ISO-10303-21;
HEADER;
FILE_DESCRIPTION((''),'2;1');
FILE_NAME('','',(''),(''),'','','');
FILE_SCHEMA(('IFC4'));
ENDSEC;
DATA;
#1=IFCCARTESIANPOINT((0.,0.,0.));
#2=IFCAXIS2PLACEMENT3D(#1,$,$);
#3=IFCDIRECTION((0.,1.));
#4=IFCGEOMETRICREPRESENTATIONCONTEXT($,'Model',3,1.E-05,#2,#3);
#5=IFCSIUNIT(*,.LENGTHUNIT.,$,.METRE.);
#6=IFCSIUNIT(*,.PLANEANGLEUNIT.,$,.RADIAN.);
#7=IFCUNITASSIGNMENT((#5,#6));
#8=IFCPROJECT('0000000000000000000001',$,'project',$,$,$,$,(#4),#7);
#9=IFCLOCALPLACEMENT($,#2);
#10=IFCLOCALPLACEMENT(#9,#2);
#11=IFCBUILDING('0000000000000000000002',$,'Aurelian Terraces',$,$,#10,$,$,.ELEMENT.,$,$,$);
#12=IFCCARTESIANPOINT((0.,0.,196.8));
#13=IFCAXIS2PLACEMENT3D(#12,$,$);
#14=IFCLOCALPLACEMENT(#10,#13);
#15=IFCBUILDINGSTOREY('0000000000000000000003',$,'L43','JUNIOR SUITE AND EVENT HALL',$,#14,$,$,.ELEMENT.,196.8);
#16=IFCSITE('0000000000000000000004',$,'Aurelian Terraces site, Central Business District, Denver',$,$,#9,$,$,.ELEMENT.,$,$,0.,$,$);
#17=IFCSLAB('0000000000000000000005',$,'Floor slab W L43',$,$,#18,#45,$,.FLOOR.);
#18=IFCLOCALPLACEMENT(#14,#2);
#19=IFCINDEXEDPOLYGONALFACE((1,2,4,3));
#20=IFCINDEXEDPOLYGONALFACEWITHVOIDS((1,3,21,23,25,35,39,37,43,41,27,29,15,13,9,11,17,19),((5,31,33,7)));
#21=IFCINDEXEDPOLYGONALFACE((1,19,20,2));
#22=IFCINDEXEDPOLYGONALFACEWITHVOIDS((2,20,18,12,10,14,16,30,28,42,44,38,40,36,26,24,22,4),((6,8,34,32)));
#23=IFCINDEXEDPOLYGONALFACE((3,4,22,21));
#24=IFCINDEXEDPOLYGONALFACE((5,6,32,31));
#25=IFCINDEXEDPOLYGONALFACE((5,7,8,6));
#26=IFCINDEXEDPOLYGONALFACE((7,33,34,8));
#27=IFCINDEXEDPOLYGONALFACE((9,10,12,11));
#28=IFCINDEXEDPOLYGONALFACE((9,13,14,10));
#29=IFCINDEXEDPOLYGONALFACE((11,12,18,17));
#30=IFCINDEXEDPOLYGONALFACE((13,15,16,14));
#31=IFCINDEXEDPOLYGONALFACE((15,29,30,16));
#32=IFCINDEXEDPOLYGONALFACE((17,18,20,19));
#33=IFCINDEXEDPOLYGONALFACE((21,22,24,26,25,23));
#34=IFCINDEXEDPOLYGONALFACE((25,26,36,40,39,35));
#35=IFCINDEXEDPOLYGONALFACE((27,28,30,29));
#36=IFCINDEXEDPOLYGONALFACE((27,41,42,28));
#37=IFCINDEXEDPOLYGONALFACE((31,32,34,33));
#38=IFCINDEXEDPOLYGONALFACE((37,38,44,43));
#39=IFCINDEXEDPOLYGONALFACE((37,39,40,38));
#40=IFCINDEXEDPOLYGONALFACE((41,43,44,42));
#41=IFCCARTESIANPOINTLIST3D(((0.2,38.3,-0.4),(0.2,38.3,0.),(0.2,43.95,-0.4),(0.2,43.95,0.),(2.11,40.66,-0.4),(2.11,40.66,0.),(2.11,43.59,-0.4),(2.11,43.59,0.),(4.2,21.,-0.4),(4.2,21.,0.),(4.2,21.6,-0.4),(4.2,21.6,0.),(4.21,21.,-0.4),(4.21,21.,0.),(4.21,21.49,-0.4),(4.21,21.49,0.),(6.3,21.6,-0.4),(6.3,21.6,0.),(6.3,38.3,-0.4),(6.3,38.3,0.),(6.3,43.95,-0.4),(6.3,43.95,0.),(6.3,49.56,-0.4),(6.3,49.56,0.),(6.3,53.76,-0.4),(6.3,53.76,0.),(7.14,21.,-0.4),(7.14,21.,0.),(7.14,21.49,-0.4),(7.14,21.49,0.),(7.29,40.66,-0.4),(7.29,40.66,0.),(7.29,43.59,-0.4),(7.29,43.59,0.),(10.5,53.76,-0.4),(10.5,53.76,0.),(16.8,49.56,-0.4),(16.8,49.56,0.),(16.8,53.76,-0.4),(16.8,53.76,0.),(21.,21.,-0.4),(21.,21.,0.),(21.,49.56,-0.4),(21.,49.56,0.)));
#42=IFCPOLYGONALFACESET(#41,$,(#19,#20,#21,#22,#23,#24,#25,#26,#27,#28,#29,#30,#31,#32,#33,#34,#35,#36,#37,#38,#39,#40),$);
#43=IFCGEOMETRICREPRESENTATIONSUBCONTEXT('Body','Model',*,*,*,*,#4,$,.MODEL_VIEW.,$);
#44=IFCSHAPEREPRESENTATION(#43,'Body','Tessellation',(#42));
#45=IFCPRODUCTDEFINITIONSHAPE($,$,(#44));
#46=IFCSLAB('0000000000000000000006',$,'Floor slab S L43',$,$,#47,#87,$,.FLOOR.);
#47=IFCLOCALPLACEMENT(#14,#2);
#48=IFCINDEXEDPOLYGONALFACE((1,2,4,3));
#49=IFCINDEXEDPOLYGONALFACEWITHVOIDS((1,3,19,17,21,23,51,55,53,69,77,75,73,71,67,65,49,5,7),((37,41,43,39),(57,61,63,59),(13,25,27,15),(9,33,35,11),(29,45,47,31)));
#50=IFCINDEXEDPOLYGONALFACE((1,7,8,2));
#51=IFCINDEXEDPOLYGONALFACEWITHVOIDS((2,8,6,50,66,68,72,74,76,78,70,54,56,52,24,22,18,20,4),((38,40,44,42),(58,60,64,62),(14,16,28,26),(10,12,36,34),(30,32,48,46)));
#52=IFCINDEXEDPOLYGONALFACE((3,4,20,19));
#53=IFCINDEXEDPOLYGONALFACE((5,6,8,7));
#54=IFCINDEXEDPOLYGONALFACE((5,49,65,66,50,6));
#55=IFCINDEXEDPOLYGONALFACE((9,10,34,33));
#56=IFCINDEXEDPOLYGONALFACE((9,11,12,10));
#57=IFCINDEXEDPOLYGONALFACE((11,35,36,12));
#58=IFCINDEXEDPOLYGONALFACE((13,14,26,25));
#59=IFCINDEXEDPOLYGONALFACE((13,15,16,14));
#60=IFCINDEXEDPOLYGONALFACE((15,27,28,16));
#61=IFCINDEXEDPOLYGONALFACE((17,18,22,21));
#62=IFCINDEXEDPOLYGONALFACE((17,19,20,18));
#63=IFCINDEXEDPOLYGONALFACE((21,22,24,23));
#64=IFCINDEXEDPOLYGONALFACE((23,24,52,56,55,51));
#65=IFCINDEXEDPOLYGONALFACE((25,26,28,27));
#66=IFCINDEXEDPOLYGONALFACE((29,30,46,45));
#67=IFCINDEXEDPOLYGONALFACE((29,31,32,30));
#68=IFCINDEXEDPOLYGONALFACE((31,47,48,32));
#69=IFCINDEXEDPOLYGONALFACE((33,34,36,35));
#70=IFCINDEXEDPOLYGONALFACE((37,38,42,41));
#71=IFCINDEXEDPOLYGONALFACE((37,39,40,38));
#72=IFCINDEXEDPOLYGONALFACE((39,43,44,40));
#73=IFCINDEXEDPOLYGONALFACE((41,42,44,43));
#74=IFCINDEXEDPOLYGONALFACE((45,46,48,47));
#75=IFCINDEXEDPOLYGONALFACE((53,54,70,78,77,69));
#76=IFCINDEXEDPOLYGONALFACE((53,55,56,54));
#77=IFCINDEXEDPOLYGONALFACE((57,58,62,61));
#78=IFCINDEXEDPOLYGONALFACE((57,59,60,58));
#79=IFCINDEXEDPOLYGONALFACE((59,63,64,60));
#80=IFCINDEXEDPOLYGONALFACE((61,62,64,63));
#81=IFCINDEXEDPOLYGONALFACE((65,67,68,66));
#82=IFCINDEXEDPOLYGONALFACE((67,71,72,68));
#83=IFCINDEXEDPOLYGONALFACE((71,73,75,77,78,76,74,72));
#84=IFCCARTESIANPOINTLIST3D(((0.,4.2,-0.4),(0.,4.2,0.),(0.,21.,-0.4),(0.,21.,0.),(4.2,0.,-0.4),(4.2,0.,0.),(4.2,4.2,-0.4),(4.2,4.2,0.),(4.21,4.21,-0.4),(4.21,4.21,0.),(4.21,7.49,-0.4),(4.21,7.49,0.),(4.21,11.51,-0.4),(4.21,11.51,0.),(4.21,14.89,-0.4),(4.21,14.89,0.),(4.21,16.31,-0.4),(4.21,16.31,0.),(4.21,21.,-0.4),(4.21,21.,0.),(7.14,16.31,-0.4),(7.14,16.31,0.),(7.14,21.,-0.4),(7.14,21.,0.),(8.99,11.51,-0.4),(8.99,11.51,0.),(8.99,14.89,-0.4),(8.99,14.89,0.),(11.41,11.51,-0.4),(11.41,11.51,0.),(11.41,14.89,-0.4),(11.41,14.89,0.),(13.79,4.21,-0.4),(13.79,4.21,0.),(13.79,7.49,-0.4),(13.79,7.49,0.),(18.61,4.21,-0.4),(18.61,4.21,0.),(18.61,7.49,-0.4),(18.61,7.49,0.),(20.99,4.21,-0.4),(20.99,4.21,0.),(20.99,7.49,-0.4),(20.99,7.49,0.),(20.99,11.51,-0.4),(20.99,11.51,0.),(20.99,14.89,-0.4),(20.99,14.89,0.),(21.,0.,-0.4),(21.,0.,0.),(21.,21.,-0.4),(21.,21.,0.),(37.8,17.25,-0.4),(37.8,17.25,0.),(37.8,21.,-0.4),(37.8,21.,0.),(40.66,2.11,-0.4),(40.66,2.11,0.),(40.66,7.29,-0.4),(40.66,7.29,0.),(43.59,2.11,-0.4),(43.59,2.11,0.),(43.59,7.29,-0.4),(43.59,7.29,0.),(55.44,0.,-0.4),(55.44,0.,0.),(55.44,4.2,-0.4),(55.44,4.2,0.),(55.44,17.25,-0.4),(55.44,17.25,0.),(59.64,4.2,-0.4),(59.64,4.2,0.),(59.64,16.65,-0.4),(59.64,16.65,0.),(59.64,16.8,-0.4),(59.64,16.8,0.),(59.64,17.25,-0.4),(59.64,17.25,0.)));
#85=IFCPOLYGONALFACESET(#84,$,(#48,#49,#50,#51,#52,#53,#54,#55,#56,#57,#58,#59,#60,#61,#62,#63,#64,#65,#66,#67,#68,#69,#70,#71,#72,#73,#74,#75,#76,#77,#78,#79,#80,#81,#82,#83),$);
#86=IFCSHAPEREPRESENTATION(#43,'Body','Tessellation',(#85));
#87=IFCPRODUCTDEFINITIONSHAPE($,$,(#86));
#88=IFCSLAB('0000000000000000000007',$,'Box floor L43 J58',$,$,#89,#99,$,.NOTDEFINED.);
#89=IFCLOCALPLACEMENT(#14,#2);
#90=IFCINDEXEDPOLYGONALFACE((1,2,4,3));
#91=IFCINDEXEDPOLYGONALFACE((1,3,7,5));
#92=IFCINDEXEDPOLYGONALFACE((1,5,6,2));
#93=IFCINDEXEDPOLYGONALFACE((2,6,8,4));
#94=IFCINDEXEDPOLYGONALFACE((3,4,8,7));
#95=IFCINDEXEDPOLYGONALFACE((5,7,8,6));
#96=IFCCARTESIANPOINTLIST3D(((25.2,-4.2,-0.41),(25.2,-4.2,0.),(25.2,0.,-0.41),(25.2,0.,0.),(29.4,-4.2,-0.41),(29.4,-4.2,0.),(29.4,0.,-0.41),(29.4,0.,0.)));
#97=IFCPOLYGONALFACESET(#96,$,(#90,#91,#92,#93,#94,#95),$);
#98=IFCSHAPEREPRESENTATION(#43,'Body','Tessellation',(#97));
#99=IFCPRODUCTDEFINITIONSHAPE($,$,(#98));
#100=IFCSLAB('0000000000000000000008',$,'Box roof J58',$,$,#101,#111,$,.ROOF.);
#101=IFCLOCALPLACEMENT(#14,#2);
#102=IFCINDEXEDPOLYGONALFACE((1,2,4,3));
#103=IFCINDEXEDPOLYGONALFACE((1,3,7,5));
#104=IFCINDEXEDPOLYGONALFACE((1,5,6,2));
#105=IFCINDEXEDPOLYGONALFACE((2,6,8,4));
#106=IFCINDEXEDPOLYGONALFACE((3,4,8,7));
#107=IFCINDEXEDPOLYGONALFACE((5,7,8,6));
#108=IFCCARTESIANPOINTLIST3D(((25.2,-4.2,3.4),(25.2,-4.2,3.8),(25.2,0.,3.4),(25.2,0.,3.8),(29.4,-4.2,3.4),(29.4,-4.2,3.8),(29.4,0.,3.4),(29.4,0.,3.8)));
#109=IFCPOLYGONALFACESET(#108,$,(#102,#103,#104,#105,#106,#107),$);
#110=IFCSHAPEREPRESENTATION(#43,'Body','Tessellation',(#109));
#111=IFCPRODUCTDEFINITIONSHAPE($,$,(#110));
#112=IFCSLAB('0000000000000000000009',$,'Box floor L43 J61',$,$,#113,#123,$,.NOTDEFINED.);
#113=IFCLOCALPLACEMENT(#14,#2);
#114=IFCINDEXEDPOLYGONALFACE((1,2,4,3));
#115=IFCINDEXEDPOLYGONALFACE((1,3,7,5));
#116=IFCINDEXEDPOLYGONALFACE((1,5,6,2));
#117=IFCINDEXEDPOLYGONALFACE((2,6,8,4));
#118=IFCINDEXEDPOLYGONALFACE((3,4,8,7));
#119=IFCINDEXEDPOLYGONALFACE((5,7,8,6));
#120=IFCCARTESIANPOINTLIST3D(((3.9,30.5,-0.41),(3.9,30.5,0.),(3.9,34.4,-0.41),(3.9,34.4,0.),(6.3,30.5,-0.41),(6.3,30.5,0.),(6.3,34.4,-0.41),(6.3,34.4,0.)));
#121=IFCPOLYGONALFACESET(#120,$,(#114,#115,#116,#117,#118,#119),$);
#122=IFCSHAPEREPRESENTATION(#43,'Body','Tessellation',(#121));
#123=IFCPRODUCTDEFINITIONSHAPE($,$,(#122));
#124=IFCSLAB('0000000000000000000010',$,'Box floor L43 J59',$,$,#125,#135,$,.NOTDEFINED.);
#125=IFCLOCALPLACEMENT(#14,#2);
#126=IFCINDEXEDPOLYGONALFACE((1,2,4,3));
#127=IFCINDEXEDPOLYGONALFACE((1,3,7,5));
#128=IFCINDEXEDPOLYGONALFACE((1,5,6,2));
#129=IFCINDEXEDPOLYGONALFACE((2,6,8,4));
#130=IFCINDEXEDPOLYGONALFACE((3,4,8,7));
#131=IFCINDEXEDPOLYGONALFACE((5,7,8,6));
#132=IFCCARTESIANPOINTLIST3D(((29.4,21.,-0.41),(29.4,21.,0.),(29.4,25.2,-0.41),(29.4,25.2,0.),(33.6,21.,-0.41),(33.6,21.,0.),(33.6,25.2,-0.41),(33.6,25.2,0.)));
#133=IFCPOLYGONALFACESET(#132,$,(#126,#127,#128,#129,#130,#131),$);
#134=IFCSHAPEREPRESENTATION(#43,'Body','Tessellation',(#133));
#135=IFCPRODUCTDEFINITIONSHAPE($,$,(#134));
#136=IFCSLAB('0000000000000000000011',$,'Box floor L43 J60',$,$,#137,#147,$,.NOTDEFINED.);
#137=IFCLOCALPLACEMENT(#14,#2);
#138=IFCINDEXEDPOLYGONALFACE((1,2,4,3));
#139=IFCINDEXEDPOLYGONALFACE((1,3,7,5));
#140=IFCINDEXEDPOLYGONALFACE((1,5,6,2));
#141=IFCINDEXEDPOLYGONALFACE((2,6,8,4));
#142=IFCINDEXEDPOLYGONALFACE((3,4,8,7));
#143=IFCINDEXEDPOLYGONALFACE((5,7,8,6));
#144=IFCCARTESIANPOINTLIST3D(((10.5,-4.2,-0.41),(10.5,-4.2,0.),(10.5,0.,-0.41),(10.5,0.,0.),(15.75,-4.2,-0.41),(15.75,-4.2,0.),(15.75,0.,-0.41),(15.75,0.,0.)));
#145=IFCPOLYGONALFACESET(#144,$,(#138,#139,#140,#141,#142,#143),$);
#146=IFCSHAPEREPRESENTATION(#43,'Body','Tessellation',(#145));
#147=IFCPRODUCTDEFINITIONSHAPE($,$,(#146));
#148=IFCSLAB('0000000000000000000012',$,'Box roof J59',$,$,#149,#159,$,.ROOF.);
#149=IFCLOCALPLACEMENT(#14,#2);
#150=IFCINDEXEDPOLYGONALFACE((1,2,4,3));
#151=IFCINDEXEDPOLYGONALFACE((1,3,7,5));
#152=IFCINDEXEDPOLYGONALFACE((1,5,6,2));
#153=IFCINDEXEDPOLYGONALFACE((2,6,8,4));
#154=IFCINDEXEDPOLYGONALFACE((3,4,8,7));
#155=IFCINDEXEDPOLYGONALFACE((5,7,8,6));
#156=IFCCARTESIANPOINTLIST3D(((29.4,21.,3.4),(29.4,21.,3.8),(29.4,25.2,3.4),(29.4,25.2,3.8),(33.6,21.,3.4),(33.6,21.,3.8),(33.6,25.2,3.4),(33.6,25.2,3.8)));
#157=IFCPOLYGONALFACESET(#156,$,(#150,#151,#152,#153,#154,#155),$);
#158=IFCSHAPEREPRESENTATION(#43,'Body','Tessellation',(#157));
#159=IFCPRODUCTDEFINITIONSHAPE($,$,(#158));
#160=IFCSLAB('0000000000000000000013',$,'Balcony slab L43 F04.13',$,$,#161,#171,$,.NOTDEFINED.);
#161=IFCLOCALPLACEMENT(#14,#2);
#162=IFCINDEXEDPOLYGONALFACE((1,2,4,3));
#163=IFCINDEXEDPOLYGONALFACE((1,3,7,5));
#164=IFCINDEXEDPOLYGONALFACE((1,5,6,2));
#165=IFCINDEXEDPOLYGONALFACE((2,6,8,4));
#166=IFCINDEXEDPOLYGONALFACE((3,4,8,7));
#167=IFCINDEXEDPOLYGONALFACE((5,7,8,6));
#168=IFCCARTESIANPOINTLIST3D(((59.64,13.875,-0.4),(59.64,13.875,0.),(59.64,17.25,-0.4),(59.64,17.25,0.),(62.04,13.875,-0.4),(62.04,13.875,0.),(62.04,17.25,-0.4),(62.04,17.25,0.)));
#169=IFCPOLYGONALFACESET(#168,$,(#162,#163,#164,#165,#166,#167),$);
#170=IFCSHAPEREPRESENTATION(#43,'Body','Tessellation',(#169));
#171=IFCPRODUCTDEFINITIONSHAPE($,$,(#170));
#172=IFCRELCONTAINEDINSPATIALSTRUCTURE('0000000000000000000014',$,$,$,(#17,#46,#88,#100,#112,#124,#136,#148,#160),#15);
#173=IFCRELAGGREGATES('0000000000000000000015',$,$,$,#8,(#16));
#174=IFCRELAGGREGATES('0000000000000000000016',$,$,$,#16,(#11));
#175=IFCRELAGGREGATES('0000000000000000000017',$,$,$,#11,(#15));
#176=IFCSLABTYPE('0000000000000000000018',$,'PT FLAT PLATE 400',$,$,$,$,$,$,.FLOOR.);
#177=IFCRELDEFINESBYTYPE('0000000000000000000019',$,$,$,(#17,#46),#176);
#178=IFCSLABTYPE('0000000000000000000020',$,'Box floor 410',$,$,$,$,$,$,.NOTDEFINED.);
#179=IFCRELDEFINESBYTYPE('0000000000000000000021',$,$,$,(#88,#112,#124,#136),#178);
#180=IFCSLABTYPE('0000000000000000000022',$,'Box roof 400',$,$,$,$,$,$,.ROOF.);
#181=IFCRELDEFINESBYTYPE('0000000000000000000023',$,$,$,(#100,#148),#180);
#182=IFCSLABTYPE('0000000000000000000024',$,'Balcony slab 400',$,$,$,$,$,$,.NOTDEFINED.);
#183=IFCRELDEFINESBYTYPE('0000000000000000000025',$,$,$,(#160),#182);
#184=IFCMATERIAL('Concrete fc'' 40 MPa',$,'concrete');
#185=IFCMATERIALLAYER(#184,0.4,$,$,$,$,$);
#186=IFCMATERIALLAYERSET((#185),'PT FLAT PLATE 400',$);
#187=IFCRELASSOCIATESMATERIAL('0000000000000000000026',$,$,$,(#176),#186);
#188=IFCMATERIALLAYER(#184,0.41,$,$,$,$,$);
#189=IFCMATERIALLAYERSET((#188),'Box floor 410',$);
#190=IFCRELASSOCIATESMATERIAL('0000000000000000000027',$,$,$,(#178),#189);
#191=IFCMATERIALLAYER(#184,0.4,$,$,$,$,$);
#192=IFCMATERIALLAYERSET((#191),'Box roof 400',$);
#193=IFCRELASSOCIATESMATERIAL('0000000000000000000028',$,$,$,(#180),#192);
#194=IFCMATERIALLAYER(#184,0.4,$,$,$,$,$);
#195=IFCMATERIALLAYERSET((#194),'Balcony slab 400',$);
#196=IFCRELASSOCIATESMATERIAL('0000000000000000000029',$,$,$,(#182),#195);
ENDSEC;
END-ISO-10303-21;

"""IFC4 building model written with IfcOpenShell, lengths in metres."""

from ifc_helpers import new_model, si_unit, direction, frame, origin, place, context, subcontext, project, spatial, polyline, outline, extrude, source, transform, mapped, material, layer, layer_set, type_object, element, save


model = new_model("IFC4")

# Units and contexts
model_context = context("Model", 3, precision=1e-05, world=origin(), true_north=direction((0.0, 1.0)))
body_context = subcontext(model_context, "Body", "Model", "MODEL_VIEW")
ifc_project = project(units=[si_unit("LENGTHUNIT", "METRE"), si_unit("PLANEANGLEUNIT", "RADIAN")], contexts=[model_context])

# Site, building, storey
site_placement = place(None, origin())
site = spatial("IfcSite", under=ifc_project, at=site_placement, Name="Aurelian Terraces site, Central Business District, Denver", CompositionType="ELEMENT", RefElevation=0.0)
building_placement = place(site_placement, origin())
building = spatial("IfcBuilding", under=site, at=building_placement, Name="Aurelian Terraces", CompositionType="ELEMENT")
storey_placement = place(building_placement, frame((0.0, 0.0, 196.8)))
storey = spatial("IfcBuildingStorey", under=building, at=storey_placement, Name="L43", Description="JUNIOR SUITE AND EVENT HALL", CompositionType="ELEMENT", Elevation=196.8)

# Slabs
ifc_material_1 = material(Name="Concrete fc' 40 MPa", Category="concrete")
ifc_layer_1 = layer(ifc_material_1, 0.4)
ifc_layer_set_1 = layer_set([ifc_layer_1], Name="PT FLAT PLATE 400")
slab_type_1 = type_object("IfcSlabType", Name="PT FLAT PLATE 400", PredefinedType="FLOOR", material=ifc_layer_set_1)
shared_shape_1 = source(origin(), body_context, "Body", "SweptSolid", [
    extrude(outline(polyline([(0.2, 43.95), (6.3, 43.95), (6.3, 49.56), (6.3, 53.76), (10.5, 53.76), (16.8, 53.76), (16.8, 49.56), (21.0, 49.56), (21.0, 21.0), (7.14, 21.0), (7.14, 21.49), (4.21, 21.49), (4.21, 21.0), (4.2, 21.0), (4.2, 21.6), (6.3, 21.6), (6.3, 38.3), (0.2, 38.3), (0.2, 43.95)]), holes=[polyline([(7.29, 43.59), (2.11, 43.59), (2.11, 40.66), (7.29, 40.66), (7.29, 43.59)])]), origin(), (0.0, 0.0, 1.0), 0.4),
])
slab_1_placement = place(storey_placement, frame((0.0, 0.0, -0.4)))
element("IfcSlab", 1, at=slab_1_placement, inside=storey, type_object=slab_type_1, Name="Floor slab W L43", PredefinedType="FLOOR", context=body_context, shape_type="MappedRepresentation", body=[
    mapped(shared_shape_1, transform((0.0, 0.0, 0.0), scale=1.0)),
])
shared_shape_2 = source(origin(), body_context, "Body", "SweptSolid", [
    extrude(outline(polyline([(59.64, 4.2), (55.44, 4.2), (55.44, 0.0), (21.0, 0.0), (4.2, 0.0), (4.2, 4.2), (0.0, 4.2), (0.0, 21.0), (4.21, 21.0), (4.21, 16.31), (7.14, 16.31), (7.14, 21.0), (21.0, 21.0), (37.8, 21.0), (37.8, 17.25), (55.44, 17.25), (59.64, 17.25), (59.64, 16.8), (59.64, 16.65), (59.64, 4.2)]), holes=[polyline([(40.66, 2.11), (43.59, 2.11), (43.59, 7.29), (40.66, 7.29), (40.66, 2.11)]), polyline([(18.61, 7.49), (18.61, 4.21), (20.99, 4.21), (20.99, 7.49), (18.61, 7.49)]), polyline([(20.99, 14.89), (11.41, 14.89), (11.41, 11.51), (20.99, 11.51), (20.99, 14.89)]), polyline([(4.21, 7.49), (4.21, 4.21), (13.79, 4.21), (13.79, 7.49), (4.21, 7.49)]), polyline([(4.21, 14.89), (4.21, 11.51), (8.99, 11.51), (8.99, 14.89), (4.21, 14.89)])]), origin(), (0.0, 0.0, 1.0), 0.4),
])
slab_2_placement = place(storey_placement, frame((0.0, 0.0, -0.4)))
element("IfcSlab", 2, at=slab_2_placement, inside=storey, type_object=slab_type_1, Name="Floor slab S L43", PredefinedType="FLOOR", context=body_context, shape_type="MappedRepresentation", body=[
    mapped(shared_shape_2, transform((0.0, 0.0, 0.0), scale=1.0)),
])
ifc_layer_2 = layer(ifc_material_1, 0.41)
ifc_layer_set_2 = layer_set([ifc_layer_2], Name="Box floor 410")
slab_type_2 = type_object("IfcSlabType", Name="Box floor 410", PredefinedType="NOTDEFINED", material=ifc_layer_set_2)
shared_shape_3 = source(origin(), body_context, "Body", "SweptSolid", [
    extrude(outline(polyline([(25.2, -4.2), (29.4, -4.2), (29.4, 0.0), (25.2, 0.0), (25.2, -4.2)])), origin(), (0.0, 0.0, 1.0), 0.41),
])
slab_3_placement = place(storey_placement, frame((0.0, 0.0, -0.41)))
element("IfcSlab", 3, at=slab_3_placement, inside=storey, type_object=slab_type_2, Name="Box floor L43 J58", PredefinedType="NOTDEFINED", context=body_context, shape_type="MappedRepresentation", body=[
    mapped(shared_shape_3, transform((0.0, 0.0, 0.0), scale=1.0)),
])
ifc_layer_3 = layer(ifc_material_1, 0.4)
ifc_layer_set_3 = layer_set([ifc_layer_3], Name="Box roof 400")
slab_type_3 = type_object("IfcSlabType", Name="Box roof 400", PredefinedType="ROOF", material=ifc_layer_set_3)
shared_shape_4 = source(origin(), body_context, "Body", "SweptSolid", [
    extrude(outline(polyline([(25.2, -4.2), (29.4, -4.2), (29.4, 0.0), (25.2, 0.0), (25.2, -4.2)])), origin(), (0.0, 0.0, 1.0), 0.4),
])
slab_4_placement = place(storey_placement, frame((0.0, 0.0, 3.4)))
element("IfcSlab", 4, at=slab_4_placement, inside=storey, type_object=slab_type_3, Name="Box roof J58", PredefinedType="ROOF", context=body_context, shape_type="MappedRepresentation", body=[
    mapped(shared_shape_4, transform((0.0, 0.0, 0.0), scale=1.0)),
])
shared_shape_5 = source(origin(), body_context, "Body", "SweptSolid", [
    extrude(outline(polyline([(3.9, 34.4), (3.9, 30.5), (6.3, 30.5), (6.3, 34.4), (3.9, 34.4)])), origin(), (0.0, 0.0, 1.0), 0.41),
])
slab_5_placement = place(storey_placement, frame((0.0, 0.0, -0.41)))
element("IfcSlab", 5, at=slab_5_placement, inside=storey, type_object=slab_type_2, Name="Box floor L43 J61", PredefinedType="NOTDEFINED", context=body_context, shape_type="MappedRepresentation", body=[
    mapped(shared_shape_5, transform((0.0, 0.0, 0.0), scale=1.0)),
])
shared_shape_6 = source(origin(), body_context, "Body", "SweptSolid", [
    extrude(outline(polyline([(33.6, 25.2), (29.4, 25.2), (29.4, 21.0), (33.6, 21.0), (33.6, 25.2)])), origin(), (0.0, 0.0, 1.0), 0.41),
])
slab_6_placement = place(storey_placement, frame((0.0, 0.0, -0.41)))
element("IfcSlab", 6, at=slab_6_placement, inside=storey, type_object=slab_type_2, Name="Box floor L43 J59", PredefinedType="NOTDEFINED", context=body_context, shape_type="MappedRepresentation", body=[
    mapped(shared_shape_6, transform((0.0, 0.0, 0.0), scale=1.0)),
])
shared_shape_7 = source(origin(), body_context, "Body", "SweptSolid", [
    extrude(outline(polyline([(10.5, -4.2), (15.75, -4.2), (15.75, 0.0), (10.5, 0.0), (10.5, -4.2)])), origin(), (0.0, 0.0, 1.0), 0.41),
])
slab_7_placement = place(storey_placement, frame((0.0, 0.0, -0.41)))
element("IfcSlab", 7, at=slab_7_placement, inside=storey, type_object=slab_type_2, Name="Box floor L43 J60", PredefinedType="NOTDEFINED", context=body_context, shape_type="MappedRepresentation", body=[
    mapped(shared_shape_7, transform((0.0, 0.0, 0.0), scale=1.0)),
])
shared_shape_8 = source(origin(), body_context, "Body", "SweptSolid", [
    extrude(outline(polyline([(33.6, 25.2), (29.4, 25.2), (29.4, 21.0), (33.6, 21.0), (33.6, 25.2)])), origin(), (0.0, 0.0, 1.0), 0.4),
])
slab_8_placement = place(storey_placement, frame((0.0, 0.0, 3.4)))
element("IfcSlab", 8, at=slab_8_placement, inside=storey, type_object=slab_type_3, Name="Box roof J59", PredefinedType="ROOF", context=body_context, shape_type="MappedRepresentation", body=[
    mapped(shared_shape_8, transform((0.0, 0.0, 0.0), scale=1.0)),
])
ifc_layer_4 = layer(ifc_material_1, 0.4)
ifc_layer_set_4 = layer_set([ifc_layer_4], Name="Balcony slab 400")
slab_type_4 = type_object("IfcSlabType", Name="Balcony slab 400", PredefinedType="NOTDEFINED", material=ifc_layer_set_4)
shared_shape_9 = source(origin(), body_context, "Body", "SweptSolid", [
    extrude(outline(polyline([(59.64, 13.875), (59.64, 17.25), (62.04, 17.25), (62.04, 13.875), (59.64, 13.875)])), origin(), (0.0, 0.0, 1.0), 0.4),
])
slab_9_placement = place(storey_placement, frame((0.0, 0.0, -0.4)))
element("IfcSlab", 9, at=slab_9_placement, inside=storey, type_object=slab_type_4, Name="Balcony slab L43 F04.13", PredefinedType="NOTDEFINED", context=body_context, shape_type="MappedRepresentation", body=[
    mapped(shared_shape_9, transform((0.0, 0.0, 0.0), scale=1.0)),
])

save(model, "model.ifc")
